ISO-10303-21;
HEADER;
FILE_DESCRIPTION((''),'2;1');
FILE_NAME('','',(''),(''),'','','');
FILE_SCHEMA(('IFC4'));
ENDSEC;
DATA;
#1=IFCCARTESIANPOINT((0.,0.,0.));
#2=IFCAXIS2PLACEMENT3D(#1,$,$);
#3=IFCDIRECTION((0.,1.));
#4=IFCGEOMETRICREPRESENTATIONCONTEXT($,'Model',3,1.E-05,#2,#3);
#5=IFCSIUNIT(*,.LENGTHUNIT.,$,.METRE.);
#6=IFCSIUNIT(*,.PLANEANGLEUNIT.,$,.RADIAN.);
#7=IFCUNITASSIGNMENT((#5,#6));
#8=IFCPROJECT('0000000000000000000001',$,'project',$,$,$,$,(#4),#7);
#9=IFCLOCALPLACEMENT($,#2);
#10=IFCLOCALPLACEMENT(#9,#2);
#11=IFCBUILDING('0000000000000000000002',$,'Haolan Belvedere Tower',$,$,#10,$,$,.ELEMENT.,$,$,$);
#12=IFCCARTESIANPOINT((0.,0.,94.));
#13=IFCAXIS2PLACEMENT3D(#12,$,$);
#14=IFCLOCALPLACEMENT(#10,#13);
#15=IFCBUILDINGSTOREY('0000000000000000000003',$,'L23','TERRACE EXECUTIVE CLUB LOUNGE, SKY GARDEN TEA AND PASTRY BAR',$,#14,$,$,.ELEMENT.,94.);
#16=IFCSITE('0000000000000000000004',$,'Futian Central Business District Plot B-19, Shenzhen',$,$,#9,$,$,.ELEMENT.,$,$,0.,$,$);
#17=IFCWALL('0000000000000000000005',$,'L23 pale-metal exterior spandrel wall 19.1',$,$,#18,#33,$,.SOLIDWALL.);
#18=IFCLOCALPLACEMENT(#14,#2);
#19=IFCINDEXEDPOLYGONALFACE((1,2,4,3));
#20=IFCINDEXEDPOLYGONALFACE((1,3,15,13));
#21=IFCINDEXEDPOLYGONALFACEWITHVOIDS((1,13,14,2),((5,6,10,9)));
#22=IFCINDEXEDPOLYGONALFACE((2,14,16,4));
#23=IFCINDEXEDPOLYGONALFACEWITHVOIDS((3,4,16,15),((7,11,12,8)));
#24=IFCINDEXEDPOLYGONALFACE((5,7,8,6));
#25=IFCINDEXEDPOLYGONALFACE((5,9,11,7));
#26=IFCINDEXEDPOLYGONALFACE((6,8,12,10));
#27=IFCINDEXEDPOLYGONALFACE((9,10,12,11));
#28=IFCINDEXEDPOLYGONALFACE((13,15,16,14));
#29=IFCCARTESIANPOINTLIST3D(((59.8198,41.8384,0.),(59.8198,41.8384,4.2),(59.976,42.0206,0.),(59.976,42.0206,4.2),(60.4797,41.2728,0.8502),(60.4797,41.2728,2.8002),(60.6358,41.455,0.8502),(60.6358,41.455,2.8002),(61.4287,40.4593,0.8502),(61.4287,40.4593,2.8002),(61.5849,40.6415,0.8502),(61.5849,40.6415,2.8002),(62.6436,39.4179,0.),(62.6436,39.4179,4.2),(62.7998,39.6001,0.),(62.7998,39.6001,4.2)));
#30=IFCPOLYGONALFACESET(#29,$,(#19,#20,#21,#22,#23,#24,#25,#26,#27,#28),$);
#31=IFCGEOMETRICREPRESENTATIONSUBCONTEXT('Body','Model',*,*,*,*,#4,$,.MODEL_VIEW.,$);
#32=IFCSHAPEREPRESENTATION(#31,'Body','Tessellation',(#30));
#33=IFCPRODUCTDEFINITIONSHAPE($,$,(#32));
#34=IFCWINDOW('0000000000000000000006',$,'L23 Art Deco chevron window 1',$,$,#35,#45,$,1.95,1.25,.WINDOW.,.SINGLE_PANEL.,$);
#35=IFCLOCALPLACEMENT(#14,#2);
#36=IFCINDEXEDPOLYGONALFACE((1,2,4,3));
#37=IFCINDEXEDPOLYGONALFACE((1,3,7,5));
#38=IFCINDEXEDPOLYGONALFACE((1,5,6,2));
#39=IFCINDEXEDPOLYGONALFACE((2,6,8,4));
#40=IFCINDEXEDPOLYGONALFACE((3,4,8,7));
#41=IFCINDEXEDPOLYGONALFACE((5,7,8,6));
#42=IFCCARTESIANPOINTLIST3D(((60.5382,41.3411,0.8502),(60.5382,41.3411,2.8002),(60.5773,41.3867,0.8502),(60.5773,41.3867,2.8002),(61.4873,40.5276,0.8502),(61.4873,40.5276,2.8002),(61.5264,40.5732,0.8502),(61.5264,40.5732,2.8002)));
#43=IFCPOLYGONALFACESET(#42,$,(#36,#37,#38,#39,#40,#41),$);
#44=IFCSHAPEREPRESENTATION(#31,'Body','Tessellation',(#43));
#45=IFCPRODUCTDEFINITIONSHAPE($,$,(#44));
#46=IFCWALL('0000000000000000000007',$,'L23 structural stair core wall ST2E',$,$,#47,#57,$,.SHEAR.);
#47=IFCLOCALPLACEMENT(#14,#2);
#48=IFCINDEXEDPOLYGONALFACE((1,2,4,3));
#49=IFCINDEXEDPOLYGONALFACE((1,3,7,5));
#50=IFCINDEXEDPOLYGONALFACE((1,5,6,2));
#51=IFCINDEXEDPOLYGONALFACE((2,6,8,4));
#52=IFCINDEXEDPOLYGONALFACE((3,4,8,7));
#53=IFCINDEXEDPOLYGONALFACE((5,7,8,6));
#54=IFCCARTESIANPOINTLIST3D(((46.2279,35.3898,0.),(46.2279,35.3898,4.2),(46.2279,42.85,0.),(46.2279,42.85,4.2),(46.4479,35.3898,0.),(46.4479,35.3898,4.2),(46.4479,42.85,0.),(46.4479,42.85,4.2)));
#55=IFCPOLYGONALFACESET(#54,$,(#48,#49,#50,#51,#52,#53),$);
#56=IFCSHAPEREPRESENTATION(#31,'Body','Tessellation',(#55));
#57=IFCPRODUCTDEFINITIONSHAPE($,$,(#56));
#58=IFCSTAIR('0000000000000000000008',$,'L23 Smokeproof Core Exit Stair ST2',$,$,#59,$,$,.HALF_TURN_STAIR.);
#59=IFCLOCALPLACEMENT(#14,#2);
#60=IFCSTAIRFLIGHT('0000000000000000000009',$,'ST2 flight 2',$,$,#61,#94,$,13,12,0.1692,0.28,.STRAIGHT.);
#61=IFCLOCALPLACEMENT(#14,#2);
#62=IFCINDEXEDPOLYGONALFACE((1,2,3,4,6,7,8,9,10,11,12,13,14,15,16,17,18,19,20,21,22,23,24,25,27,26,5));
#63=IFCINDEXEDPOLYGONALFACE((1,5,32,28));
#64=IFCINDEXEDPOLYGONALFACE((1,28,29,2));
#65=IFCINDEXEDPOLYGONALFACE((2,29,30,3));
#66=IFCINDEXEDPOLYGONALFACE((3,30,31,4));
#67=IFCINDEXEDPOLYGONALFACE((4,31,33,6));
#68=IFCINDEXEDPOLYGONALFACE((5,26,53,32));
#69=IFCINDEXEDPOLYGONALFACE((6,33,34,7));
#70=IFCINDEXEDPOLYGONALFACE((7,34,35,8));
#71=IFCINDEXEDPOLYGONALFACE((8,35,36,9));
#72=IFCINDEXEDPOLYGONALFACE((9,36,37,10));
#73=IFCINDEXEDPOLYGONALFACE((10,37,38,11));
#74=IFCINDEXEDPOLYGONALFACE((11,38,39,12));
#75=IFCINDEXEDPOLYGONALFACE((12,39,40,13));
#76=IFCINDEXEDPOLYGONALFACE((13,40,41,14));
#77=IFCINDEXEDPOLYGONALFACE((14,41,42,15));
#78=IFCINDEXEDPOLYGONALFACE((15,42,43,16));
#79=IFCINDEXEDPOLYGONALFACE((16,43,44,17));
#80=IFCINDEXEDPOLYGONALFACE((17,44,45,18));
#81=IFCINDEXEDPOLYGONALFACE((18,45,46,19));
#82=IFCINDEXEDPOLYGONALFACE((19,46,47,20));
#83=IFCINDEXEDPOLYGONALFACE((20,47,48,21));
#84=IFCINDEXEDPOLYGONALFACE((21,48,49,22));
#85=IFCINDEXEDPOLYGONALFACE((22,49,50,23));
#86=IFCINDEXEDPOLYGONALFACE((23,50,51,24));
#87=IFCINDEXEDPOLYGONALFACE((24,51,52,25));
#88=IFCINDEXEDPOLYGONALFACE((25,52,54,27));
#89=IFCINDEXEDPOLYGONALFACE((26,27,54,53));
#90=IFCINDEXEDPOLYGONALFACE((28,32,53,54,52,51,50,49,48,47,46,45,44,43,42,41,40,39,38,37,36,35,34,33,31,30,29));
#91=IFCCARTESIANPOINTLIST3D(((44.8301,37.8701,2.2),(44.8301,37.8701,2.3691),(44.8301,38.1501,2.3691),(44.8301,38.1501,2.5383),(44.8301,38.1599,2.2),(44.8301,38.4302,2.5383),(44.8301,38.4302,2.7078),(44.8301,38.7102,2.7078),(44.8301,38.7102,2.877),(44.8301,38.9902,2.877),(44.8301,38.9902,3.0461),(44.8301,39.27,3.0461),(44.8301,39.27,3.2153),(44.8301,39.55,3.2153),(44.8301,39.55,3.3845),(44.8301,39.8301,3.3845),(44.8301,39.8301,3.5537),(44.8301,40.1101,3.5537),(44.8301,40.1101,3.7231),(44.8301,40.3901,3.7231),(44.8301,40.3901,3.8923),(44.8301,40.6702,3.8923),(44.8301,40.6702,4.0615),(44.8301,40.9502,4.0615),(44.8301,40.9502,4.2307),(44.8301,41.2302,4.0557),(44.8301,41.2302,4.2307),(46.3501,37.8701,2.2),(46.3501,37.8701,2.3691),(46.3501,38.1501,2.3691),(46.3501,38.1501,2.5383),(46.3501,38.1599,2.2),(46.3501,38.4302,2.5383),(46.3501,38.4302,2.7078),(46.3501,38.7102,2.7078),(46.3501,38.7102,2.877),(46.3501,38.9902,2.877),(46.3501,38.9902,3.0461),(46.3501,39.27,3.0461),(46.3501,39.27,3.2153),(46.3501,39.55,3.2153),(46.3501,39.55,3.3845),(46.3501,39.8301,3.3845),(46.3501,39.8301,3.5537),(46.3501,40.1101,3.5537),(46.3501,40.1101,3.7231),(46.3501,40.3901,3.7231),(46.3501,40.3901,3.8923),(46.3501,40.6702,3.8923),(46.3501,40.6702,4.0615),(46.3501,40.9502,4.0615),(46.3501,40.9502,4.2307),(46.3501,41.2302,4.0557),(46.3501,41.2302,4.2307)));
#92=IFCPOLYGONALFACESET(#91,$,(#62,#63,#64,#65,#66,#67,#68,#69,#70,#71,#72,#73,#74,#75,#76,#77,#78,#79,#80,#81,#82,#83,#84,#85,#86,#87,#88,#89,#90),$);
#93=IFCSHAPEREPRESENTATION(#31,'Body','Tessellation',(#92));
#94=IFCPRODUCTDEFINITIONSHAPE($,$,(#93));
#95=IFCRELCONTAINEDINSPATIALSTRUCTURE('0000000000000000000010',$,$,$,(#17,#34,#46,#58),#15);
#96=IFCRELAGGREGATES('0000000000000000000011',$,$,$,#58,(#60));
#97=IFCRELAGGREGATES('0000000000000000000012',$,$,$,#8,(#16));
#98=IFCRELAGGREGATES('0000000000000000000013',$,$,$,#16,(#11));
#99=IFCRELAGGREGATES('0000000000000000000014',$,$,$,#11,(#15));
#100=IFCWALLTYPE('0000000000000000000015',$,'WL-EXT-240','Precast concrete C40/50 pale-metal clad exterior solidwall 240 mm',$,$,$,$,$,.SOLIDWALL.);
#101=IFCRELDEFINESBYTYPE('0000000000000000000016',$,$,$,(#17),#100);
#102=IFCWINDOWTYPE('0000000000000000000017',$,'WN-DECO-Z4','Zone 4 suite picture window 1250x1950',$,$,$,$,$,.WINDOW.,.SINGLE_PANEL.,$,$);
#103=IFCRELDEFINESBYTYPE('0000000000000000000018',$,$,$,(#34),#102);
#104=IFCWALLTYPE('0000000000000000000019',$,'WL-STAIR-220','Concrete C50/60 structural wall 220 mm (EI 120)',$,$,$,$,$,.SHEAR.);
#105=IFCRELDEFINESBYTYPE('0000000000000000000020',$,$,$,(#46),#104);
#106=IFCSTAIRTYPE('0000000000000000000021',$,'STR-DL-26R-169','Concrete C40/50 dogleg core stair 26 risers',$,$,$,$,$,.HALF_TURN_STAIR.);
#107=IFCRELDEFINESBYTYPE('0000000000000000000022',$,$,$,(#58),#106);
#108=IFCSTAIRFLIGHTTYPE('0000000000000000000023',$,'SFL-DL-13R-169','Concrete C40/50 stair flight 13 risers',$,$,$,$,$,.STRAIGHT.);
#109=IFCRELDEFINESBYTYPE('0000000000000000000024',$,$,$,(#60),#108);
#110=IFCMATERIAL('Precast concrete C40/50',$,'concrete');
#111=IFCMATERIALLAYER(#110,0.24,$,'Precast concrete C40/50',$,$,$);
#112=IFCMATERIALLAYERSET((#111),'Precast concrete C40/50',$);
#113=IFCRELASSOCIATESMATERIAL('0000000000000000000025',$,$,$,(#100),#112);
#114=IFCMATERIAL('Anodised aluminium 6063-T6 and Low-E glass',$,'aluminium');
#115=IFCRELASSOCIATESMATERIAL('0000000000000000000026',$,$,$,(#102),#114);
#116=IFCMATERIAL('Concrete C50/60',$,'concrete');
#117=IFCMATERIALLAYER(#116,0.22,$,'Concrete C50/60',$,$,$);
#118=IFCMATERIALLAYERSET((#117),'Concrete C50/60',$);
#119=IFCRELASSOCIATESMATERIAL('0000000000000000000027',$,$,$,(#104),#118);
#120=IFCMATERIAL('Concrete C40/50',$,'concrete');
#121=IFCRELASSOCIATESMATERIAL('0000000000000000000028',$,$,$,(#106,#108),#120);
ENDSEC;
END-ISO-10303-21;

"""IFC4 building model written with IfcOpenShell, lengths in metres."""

from ifc_helpers import new_model, si_unit, direction, frame, frame_2d, origin, place, context, subcontext, project, spatial, polyline, rectangle, outline, extrude, material, layer, layer_set, type_object, element, fill, aggregate, save


model = new_model("IFC4")

# Units and contexts
model_context = context("Model", 3, precision=1e-05, world=origin(), true_north=direction((0.0, 1.0)))
body_context = subcontext(model_context, "Body", "Model", "MODEL_VIEW")
ifc_project = project(units=[si_unit("LENGTHUNIT", "METRE"), si_unit("PLANEANGLEUNIT", "RADIAN")], contexts=[model_context])

# Site, building, storey
site_placement = place(None, origin())
site = spatial("IfcSite", under=ifc_project, at=site_placement, Name="Futian Central Business District Plot B-19, Shenzhen", CompositionType="ELEMENT", RefElevation=0.0)
building_placement = place(site_placement, origin())
building = spatial("IfcBuilding", under=site, at=building_placement, Name="Haolan Belvedere Tower", CompositionType="ELEMENT")
storey_placement = place(building_placement, frame((0.0, 0.0, 94.0)))
storey = spatial("IfcBuildingStorey", under=building, at=storey_placement, Name="L23", Description="TERRACE EXECUTIVE CLUB LOUNGE, SKY GARDEN TEA AND PASTRY BAR", CompositionType="ELEMENT", Elevation=94.0)

# Shared definitions
ifc_material_1 = material(Name="Precast concrete C40/50", Category="concrete")
ifc_layer_1 = layer(ifc_material_1, 0.24, Name="Precast concrete C40/50")
ifc_layer_set_1 = layer_set([ifc_layer_1], Name="Precast concrete C40/50")
wall_type_1 = type_object("IfcWallType", Name="WL-EXT-240", Description="Precast concrete C40/50 pale-metal clad exterior solidwall 240 mm", PredefinedType="SOLIDWALL", material=ifc_layer_set_1)
ifc_material_2 = material(Name="Anodised aluminium 6063-T6 and Low-E glass", Category="aluminium")
window_type = type_object("IfcWindowType", Name="WN-DECO-Z4", Description="Zone 4 suite picture window 1250x1950", PartitioningType="SINGLE_PANEL", PredefinedType="WINDOW", material=ifc_material_2)

# Wall, opening, window
wall_1_placement = place(storey_placement, frame((62.7217, 39.509, 0.0), z_axis=(0.0, 0.0, 1.0), x_axis=(-0.759247, 0.650802, 0.0)))
wall_1 = element("IfcWall", 1, at=wall_1_placement, inside=storey, type_object=wall_type_1, Name="L23 pale-metal exterior spandrel wall 19.1", PredefinedType="SOLIDWALL", context=body_context, shape_type="SweptSolid", body=[
    extrude(rectangle(XDim=3.7192, YDim=0.24, at=frame_2d((1.8596, 0.0))), origin(), (0.0, 0.0, 1.0), 4.2),
])
opening_1_placement = place(wall_1_placement, frame((1.6001, 0.0, 0.8501)))
opening_1 = element("IfcOpeningElement", 2, at=opening_1_placement, cuts=wall_1, PredefinedType="OPENING", context=body_context, shape_type="SweptSolid", body=[
    extrude(rectangle(XDim=1.25, YDim=1.95, at=frame_2d((0.625, 0.9751))), frame((0.0, 0.1299, 0.0), z_axis=(0.0, -1.0, 0.0), x_axis=(1.0, 0.0, 0.0)), (0.0, 0.0, 1.0), 0.26),
])
window_1_placement = place(opening_1_placement, origin())
window_1 = element("IfcWindow", 3, at=window_1_placement, inside=storey, type_object=window_type, Name="L23 Art Deco chevron window 1", OverallHeight=1.95, OverallWidth=1.25, PartitioningType="SINGLE_PANEL", PredefinedType="WINDOW", context=body_context, shape_type="SweptSolid", body=[
    extrude(rectangle(XDim=1.25, YDim=1.95, at=frame_2d((0.625, 0.9751))), frame((0.0, 0.03, 0.0), z_axis=(0.0, -1.0, 0.0), x_axis=(1.0, 0.0, 0.0)), (0.0, 0.0, 1.0), 0.0601),
])
fill(opening_1, window_1)

# Wall
ifc_material_3 = material(Name="Concrete C50/60", Category="concrete")
ifc_layer_2 = layer(ifc_material_3, 0.22, Name="Concrete C50/60")
ifc_layer_set_2 = layer_set([ifc_layer_2], Name="Concrete C50/60")
wall_type_2 = type_object("IfcWallType", Name="WL-STAIR-220", Description="Concrete C50/60 structural wall 220 mm (EI 120)", PredefinedType="SHEAR", material=ifc_layer_set_2)
wall_2_placement = place(storey_placement, frame((46.3379, 35.3899, 0.0), z_axis=(0.0, 0.0, 1.0), x_axis=(0.0, 1.0, 0.0)))
element("IfcWall", 4, at=wall_2_placement, inside=storey, type_object=wall_type_2, Name="L23 structural stair core wall ST2E", PredefinedType="SHEAR", context=body_context, shape_type="SweptSolid", body=[
    extrude(rectangle(XDim=7.4602, YDim=0.22, at=frame_2d((3.73, 0.0))), origin(), (0.0, 0.0, 1.0), 4.2),
])

# Stair, stair flight
ifc_material_4 = material(Name="Concrete C40/50", Category="concrete")
stair_type = type_object("IfcStairType", Name="STR-DL-26R-169", Description="Concrete C40/50 dogleg core stair 26 risers", PredefinedType="HALF_TURN_STAIR", material=ifc_material_4)
stair_placement = place(storey_placement, origin())
stair = element("IfcStair", 5, at=stair_placement, inside=storey, type_object=stair_type, Name="L23 Smokeproof Core Exit Stair ST2", PredefinedType="HALF_TURN_STAIR")
stair_flight_type = type_object("IfcStairFlightType", Name="SFL-DL-13R-169", Description="Concrete C40/50 stair flight 13 risers", PredefinedType="STRAIGHT", material=ifc_material_4)
stair_flight_placement = place(storey_placement, frame((45.5901, 37.8701, 2.2), z_axis=(0.0, 0.0, 1.0), x_axis=(0.0, 1.0, 0.0)))
stair_flight = element("IfcStairFlight", 6, at=stair_flight_placement, type_object=stair_flight_type, Name="ST2 flight 2", NumberOfRisers=13, NumberOfTreads=12, PredefinedType="STRAIGHT", RiserHeight=0.1692, TreadLength=0.28, context=body_context, shape_type="SweptSolid", body=[
    extrude(outline(polyline([(0.0, 0.0), (0.0, 0.1692), (0.28, 0.1692), (0.28, 0.3384), (0.5601, 0.3384), (0.5601, 0.5078), (0.8401, 0.5078), (0.8401, 0.677), (1.1201, 0.677), (1.1201, 0.8462), (1.3999, 0.8462), (1.3999, 1.0154), (1.6799, 1.0154), (1.6799, 1.1846), (1.96, 1.1846), (1.96, 1.3538), (2.24, 1.3538), (2.24, 1.5232), (2.52, 1.5232), (2.52, 1.6924), (2.8, 1.6924), (2.8, 1.8616), (3.0801, 1.8616), (3.0801, 2.0308), (3.3601, 2.0308), (3.3601, 2.2), (3.3601, 1.8557), (0.2898, 0.0), (0.0, 0.0)])), frame((0.0, 0.76, 0.0), z_axis=(0.0, -1.0, 0.0), x_axis=(1.0, 0.0, 0.0)), (0.0, 0.0, 1.0), 1.52),
])
aggregate(stair, [stair_flight])

save(model, "model.ifc")
